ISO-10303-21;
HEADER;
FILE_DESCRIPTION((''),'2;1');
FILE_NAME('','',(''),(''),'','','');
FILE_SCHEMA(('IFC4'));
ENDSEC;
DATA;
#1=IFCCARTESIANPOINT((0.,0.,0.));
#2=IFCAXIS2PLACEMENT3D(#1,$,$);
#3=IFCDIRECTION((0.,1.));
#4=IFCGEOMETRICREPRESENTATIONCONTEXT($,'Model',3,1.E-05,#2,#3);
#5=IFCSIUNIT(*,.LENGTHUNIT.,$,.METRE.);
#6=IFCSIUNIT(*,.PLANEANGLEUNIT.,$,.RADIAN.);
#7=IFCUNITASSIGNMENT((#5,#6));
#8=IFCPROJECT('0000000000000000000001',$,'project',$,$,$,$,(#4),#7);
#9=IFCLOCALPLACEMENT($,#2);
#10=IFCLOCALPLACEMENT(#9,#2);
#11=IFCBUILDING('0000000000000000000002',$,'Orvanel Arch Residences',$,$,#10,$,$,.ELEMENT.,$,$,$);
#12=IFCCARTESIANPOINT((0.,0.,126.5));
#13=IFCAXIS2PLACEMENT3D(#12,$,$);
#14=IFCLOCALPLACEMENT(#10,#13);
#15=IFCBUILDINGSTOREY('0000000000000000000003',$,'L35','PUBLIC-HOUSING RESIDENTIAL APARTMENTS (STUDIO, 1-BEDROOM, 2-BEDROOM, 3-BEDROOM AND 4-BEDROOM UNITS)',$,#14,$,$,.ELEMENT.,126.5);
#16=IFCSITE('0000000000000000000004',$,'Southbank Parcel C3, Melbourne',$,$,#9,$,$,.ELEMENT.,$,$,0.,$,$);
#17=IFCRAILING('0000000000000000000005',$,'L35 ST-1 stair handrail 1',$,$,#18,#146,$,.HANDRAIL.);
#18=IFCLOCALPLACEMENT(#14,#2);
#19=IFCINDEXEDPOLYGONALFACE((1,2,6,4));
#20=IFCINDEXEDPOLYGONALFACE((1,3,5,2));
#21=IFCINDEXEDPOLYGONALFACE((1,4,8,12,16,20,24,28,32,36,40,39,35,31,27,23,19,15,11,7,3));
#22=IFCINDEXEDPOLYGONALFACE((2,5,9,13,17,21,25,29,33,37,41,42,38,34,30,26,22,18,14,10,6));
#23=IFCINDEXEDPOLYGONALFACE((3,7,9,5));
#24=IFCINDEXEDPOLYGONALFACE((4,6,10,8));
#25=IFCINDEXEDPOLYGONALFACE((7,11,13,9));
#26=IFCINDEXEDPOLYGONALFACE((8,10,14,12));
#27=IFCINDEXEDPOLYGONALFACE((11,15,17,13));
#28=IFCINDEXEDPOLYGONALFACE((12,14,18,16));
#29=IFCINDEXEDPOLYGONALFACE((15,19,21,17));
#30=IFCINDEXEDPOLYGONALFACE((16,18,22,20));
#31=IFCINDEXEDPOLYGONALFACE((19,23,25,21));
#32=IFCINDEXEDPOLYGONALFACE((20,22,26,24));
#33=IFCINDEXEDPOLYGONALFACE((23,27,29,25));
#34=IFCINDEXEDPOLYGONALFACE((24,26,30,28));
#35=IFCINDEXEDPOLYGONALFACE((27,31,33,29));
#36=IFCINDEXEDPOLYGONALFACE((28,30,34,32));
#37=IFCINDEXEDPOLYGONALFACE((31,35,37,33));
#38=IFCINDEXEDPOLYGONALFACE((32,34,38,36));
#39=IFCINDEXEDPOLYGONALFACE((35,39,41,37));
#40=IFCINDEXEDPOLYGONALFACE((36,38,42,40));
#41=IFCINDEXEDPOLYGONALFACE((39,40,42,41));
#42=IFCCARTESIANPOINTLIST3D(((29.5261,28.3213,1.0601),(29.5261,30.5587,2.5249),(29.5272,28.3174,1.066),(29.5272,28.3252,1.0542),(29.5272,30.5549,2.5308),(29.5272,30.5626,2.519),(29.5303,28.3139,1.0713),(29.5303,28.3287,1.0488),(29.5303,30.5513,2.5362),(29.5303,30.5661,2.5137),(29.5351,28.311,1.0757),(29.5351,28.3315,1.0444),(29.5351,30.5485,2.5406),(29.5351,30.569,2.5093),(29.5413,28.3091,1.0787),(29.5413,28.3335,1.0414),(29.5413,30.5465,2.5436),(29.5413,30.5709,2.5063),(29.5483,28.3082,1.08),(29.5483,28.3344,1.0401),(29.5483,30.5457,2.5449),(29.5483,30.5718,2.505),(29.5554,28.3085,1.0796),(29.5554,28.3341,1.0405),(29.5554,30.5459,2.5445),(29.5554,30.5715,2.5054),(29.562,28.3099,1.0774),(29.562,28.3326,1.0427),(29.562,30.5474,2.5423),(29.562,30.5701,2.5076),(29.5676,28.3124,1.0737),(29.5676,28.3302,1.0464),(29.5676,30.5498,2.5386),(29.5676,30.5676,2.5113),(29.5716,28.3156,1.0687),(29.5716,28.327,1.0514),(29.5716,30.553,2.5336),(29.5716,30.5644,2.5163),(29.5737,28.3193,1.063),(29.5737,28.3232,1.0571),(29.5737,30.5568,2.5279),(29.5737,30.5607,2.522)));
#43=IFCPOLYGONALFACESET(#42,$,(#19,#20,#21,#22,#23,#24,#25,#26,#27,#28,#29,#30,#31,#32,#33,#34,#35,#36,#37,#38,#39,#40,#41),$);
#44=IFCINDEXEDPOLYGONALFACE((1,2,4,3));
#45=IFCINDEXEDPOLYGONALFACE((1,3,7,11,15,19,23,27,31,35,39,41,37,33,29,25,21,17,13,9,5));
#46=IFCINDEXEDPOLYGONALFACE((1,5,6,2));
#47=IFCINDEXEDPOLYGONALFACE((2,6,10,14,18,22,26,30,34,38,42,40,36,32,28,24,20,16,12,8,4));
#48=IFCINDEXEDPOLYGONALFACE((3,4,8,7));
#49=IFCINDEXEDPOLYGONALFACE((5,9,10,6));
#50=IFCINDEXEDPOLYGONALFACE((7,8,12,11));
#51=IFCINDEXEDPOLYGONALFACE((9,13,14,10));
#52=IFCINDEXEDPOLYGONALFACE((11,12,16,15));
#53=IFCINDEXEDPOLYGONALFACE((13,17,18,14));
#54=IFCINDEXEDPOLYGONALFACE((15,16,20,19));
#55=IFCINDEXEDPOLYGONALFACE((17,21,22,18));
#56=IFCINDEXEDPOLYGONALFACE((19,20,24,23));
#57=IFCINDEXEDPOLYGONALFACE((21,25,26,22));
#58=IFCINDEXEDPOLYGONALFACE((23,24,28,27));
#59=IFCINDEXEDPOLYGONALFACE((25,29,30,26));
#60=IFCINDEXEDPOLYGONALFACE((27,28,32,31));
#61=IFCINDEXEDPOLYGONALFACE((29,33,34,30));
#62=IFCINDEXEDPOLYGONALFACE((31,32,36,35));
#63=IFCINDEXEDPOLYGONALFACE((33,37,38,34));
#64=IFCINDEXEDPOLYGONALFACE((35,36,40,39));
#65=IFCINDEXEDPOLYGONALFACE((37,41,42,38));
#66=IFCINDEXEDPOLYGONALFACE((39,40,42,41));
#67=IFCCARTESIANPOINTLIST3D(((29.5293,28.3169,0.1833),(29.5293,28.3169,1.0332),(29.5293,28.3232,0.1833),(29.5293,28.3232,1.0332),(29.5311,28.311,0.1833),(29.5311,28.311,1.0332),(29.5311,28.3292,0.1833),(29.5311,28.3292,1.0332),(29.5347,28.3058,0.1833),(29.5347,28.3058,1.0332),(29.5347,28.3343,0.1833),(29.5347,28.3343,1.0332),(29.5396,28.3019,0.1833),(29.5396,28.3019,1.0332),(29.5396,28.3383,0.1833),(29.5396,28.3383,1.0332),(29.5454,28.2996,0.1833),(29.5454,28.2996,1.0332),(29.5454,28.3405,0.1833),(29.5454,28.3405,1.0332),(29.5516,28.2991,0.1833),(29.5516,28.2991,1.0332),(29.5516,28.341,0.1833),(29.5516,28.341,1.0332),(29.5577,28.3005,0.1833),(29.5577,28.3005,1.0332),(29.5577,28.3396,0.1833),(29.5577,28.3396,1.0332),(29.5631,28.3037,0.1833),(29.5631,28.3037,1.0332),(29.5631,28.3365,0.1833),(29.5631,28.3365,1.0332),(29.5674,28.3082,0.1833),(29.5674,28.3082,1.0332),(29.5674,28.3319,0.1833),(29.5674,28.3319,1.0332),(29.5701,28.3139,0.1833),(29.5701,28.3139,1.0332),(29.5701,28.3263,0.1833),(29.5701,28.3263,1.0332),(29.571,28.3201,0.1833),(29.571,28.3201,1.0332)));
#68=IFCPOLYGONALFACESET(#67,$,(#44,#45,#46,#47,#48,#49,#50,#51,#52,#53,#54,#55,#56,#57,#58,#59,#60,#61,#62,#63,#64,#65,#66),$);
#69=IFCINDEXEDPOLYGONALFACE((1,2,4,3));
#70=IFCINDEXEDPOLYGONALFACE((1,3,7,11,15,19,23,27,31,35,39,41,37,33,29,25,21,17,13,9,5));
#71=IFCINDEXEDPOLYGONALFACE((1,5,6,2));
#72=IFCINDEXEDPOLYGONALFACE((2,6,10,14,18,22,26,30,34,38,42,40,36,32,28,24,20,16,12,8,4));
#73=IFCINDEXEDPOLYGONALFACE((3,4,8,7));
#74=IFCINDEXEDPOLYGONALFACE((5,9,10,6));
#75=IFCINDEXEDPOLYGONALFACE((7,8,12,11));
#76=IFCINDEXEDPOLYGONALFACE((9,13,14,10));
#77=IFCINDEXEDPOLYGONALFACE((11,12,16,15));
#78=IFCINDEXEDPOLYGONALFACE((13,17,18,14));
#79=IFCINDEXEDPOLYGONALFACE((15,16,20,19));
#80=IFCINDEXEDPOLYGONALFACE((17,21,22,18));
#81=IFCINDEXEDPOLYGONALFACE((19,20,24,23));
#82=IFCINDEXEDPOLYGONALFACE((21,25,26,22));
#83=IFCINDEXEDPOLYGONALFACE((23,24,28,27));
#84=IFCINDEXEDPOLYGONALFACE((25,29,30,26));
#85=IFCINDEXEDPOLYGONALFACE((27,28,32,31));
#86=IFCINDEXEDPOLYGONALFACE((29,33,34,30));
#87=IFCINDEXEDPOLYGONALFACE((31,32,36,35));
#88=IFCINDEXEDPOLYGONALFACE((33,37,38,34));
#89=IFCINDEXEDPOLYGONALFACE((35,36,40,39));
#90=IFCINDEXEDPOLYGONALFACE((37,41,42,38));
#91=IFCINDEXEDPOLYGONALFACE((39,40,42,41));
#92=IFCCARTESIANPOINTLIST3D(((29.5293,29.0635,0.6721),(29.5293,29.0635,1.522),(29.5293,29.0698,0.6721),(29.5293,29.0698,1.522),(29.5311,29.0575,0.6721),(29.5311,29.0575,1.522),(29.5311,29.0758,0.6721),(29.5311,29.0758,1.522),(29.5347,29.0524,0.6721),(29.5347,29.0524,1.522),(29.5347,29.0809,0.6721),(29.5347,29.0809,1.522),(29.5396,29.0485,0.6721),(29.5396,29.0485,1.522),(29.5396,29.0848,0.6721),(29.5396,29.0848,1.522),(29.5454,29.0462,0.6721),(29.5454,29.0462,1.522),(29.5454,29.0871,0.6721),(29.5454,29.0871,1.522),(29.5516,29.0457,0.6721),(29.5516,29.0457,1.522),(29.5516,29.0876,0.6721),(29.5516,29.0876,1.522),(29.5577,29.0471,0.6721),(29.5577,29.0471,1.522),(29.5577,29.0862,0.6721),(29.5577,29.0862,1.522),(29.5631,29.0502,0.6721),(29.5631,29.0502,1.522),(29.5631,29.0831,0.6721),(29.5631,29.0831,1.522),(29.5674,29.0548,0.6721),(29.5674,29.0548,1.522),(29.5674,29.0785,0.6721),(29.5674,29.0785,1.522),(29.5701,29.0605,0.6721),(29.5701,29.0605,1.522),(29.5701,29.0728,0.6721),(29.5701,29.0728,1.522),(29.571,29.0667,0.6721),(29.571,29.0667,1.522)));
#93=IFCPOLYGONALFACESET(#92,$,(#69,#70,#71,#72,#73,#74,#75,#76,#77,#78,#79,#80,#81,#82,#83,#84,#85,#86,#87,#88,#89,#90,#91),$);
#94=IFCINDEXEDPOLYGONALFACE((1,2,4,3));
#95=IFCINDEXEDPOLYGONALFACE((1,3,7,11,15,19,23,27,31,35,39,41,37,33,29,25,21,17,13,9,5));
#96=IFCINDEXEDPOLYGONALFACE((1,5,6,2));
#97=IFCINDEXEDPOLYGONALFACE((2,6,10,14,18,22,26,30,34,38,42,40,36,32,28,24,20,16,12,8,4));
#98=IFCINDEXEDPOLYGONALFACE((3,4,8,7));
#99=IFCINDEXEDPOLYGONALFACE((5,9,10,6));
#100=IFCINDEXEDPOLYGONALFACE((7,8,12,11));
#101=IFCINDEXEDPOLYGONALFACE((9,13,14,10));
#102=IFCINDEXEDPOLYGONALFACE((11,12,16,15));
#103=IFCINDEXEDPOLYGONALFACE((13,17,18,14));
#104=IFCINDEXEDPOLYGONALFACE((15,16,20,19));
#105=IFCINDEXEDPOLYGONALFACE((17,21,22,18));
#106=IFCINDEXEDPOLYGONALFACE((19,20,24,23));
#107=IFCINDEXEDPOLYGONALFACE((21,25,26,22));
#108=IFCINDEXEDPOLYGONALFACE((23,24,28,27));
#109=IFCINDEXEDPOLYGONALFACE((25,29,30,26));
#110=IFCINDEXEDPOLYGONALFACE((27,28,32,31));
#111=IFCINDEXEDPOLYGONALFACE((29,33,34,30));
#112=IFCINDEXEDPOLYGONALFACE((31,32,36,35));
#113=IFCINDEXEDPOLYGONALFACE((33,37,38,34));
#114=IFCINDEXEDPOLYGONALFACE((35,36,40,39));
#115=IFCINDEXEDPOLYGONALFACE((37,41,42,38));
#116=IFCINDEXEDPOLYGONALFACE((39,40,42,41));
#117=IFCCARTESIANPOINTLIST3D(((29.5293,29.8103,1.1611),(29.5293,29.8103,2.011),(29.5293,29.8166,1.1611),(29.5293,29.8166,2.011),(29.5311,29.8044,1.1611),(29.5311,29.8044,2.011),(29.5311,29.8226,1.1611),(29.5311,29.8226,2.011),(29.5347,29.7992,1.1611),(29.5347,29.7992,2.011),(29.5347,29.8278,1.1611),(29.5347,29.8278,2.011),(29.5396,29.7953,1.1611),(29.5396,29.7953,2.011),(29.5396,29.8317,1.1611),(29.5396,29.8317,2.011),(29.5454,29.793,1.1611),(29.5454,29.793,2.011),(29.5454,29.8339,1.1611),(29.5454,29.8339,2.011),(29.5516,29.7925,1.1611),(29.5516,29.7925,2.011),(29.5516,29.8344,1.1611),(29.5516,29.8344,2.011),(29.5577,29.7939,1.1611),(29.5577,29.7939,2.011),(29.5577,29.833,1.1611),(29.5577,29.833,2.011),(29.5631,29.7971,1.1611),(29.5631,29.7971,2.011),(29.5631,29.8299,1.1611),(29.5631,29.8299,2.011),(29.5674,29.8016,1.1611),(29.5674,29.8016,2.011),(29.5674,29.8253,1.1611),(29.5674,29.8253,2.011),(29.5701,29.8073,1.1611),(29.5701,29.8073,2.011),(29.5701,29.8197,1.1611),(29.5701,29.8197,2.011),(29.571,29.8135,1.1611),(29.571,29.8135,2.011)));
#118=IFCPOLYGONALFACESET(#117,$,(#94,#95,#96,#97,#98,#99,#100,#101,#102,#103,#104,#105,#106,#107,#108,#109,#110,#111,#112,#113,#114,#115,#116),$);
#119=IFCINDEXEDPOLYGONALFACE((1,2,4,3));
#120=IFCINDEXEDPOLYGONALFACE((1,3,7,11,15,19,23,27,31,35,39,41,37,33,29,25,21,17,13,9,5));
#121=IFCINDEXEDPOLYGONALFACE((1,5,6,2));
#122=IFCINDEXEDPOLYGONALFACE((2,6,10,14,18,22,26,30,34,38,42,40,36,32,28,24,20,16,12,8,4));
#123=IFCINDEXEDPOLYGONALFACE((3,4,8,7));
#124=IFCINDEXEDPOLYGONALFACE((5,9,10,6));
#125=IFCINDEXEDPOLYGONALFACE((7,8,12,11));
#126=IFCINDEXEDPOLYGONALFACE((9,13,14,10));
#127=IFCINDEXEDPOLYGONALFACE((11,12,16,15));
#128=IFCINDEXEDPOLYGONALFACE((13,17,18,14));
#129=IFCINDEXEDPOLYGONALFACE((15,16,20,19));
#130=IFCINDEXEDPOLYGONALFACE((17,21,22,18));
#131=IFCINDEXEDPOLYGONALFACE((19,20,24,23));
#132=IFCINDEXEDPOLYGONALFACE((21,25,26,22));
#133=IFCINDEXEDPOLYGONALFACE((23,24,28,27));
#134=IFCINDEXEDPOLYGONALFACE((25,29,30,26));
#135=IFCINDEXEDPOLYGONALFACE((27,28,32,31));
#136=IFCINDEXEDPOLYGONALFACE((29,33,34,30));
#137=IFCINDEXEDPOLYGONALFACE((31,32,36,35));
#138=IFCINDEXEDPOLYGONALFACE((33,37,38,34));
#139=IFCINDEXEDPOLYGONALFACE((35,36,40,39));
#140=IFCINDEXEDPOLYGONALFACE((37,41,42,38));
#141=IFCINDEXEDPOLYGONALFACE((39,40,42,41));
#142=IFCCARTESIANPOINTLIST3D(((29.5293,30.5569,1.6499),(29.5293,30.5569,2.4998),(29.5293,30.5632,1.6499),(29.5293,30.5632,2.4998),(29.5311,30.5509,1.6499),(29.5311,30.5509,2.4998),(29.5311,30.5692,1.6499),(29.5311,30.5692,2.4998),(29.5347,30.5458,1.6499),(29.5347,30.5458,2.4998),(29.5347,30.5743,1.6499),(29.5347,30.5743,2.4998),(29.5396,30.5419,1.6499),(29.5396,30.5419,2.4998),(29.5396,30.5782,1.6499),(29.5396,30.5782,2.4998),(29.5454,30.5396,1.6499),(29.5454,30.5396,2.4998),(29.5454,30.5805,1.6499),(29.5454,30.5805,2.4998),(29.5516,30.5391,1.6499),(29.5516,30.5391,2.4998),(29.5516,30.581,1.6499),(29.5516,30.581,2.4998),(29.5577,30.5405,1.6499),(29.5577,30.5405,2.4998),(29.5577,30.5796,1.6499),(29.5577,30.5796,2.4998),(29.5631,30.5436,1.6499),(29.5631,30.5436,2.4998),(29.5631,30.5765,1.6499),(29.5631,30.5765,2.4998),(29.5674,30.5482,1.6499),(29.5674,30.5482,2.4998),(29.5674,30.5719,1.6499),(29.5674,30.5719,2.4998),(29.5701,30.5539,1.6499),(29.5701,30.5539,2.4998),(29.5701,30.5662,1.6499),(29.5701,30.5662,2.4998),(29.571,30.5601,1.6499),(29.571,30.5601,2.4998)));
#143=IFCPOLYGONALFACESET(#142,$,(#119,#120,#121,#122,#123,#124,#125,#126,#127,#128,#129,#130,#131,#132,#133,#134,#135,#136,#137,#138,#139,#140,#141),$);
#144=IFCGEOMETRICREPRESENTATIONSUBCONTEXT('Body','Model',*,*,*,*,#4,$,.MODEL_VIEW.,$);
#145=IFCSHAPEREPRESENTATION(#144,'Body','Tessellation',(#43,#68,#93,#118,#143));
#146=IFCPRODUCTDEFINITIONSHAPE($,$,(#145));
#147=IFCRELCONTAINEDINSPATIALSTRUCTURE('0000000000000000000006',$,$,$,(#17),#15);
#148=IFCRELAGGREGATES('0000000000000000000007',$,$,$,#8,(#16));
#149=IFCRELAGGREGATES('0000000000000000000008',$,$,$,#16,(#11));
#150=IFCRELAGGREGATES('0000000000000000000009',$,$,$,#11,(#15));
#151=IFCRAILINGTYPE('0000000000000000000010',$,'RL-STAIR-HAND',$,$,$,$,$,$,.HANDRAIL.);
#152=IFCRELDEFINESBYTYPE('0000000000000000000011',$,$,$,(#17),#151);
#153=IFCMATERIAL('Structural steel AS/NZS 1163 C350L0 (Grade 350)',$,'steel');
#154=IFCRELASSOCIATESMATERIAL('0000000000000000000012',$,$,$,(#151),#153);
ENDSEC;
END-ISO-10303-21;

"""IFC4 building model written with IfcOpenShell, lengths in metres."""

from ifc_helpers import new_model, si_unit, direction, frame, origin, origin_2d, place, context, subcontext, project, spatial, circle, extrude, material, type_object, element, save


model = new_model("IFC4")

# Units and contexts
model_context = context("Model", 3, precision=1e-05, world=origin(), true_north=direction((0.0, 1.0)))
body_context = subcontext(model_context, "Body", "Model", "MODEL_VIEW")
ifc_project = project(units=[si_unit("LENGTHUNIT", "METRE"), si_unit("PLANEANGLEUNIT", "RADIAN")], contexts=[model_context])

# Site, building, storey
site_placement = place(None, origin())
site = spatial("IfcSite", under=ifc_project, at=site_placement, Name="Southbank Parcel C3, Melbourne", CompositionType="ELEMENT", RefElevation=0.0)
building_placement = place(site_placement, origin())
building = spatial("IfcBuilding", under=site, at=building_placement, Name="Orvanel Arch Residences", CompositionType="ELEMENT")
storey_placement = place(building_placement, frame((0.0, 0.0, 126.5)))
storey = spatial("IfcBuildingStorey", under=building, at=storey_placement, Name="L35", Description="PUBLIC-HOUSING RESIDENTIAL APARTMENTS (STUDIO, 1-BEDROOM, 2-BEDROOM, 3-BEDROOM AND 4-BEDROOM UNITS)", CompositionType="ELEMENT", Elevation=126.5)

# Railing
ifc_material_1 = material(Name="Structural steel AS/NZS 1163 C350L0 (Grade 350)", Category="steel")
railing_type_1 = type_object("IfcRailingType", Name="RL-STAIR-HAND", PredefinedType="HANDRAIL", material=ifc_material_1)
railing_1_placement = place(storey_placement, frame((29.55, 28.3201, 0.1833)))
element("IfcRailing", 1, at=railing_1_placement, inside=storey, type_object=railing_type_1, Name="L35 ST-1 stair handrail 1", PredefinedType="HANDRAIL", context=body_context, shape_type="SweptSolid", body=[
    extrude(circle(Radius=0.0239, at=origin_2d()), frame((0.0, 0.0012, 0.8767), z_axis=(0.0, 0.836637, 0.547758), x_axis=(-1.0, 0.0, 0.0)), (0.0, 0.0, 1.0), 2.6743),
    extrude(circle(Radius=0.021, at=origin_2d()), origin(), (0.0, 0.0, 1.0), 0.8499),
    extrude(circle(Radius=0.021, at=origin_2d()), frame((0.0, 0.7466, 0.4888)), (0.0, 0.0, 1.0), 0.8499),
    extrude(circle(Radius=0.021, at=origin_2d()), frame((0.0, 1.4934, 0.9778)), (0.0, 0.0, 1.0), 0.8499),
    extrude(circle(Radius=0.021, at=origin_2d()), frame((0.0, 2.24, 1.4666)), (0.0, 0.0, 1.0), 0.8499),
])

save(model, "model.ifc")
